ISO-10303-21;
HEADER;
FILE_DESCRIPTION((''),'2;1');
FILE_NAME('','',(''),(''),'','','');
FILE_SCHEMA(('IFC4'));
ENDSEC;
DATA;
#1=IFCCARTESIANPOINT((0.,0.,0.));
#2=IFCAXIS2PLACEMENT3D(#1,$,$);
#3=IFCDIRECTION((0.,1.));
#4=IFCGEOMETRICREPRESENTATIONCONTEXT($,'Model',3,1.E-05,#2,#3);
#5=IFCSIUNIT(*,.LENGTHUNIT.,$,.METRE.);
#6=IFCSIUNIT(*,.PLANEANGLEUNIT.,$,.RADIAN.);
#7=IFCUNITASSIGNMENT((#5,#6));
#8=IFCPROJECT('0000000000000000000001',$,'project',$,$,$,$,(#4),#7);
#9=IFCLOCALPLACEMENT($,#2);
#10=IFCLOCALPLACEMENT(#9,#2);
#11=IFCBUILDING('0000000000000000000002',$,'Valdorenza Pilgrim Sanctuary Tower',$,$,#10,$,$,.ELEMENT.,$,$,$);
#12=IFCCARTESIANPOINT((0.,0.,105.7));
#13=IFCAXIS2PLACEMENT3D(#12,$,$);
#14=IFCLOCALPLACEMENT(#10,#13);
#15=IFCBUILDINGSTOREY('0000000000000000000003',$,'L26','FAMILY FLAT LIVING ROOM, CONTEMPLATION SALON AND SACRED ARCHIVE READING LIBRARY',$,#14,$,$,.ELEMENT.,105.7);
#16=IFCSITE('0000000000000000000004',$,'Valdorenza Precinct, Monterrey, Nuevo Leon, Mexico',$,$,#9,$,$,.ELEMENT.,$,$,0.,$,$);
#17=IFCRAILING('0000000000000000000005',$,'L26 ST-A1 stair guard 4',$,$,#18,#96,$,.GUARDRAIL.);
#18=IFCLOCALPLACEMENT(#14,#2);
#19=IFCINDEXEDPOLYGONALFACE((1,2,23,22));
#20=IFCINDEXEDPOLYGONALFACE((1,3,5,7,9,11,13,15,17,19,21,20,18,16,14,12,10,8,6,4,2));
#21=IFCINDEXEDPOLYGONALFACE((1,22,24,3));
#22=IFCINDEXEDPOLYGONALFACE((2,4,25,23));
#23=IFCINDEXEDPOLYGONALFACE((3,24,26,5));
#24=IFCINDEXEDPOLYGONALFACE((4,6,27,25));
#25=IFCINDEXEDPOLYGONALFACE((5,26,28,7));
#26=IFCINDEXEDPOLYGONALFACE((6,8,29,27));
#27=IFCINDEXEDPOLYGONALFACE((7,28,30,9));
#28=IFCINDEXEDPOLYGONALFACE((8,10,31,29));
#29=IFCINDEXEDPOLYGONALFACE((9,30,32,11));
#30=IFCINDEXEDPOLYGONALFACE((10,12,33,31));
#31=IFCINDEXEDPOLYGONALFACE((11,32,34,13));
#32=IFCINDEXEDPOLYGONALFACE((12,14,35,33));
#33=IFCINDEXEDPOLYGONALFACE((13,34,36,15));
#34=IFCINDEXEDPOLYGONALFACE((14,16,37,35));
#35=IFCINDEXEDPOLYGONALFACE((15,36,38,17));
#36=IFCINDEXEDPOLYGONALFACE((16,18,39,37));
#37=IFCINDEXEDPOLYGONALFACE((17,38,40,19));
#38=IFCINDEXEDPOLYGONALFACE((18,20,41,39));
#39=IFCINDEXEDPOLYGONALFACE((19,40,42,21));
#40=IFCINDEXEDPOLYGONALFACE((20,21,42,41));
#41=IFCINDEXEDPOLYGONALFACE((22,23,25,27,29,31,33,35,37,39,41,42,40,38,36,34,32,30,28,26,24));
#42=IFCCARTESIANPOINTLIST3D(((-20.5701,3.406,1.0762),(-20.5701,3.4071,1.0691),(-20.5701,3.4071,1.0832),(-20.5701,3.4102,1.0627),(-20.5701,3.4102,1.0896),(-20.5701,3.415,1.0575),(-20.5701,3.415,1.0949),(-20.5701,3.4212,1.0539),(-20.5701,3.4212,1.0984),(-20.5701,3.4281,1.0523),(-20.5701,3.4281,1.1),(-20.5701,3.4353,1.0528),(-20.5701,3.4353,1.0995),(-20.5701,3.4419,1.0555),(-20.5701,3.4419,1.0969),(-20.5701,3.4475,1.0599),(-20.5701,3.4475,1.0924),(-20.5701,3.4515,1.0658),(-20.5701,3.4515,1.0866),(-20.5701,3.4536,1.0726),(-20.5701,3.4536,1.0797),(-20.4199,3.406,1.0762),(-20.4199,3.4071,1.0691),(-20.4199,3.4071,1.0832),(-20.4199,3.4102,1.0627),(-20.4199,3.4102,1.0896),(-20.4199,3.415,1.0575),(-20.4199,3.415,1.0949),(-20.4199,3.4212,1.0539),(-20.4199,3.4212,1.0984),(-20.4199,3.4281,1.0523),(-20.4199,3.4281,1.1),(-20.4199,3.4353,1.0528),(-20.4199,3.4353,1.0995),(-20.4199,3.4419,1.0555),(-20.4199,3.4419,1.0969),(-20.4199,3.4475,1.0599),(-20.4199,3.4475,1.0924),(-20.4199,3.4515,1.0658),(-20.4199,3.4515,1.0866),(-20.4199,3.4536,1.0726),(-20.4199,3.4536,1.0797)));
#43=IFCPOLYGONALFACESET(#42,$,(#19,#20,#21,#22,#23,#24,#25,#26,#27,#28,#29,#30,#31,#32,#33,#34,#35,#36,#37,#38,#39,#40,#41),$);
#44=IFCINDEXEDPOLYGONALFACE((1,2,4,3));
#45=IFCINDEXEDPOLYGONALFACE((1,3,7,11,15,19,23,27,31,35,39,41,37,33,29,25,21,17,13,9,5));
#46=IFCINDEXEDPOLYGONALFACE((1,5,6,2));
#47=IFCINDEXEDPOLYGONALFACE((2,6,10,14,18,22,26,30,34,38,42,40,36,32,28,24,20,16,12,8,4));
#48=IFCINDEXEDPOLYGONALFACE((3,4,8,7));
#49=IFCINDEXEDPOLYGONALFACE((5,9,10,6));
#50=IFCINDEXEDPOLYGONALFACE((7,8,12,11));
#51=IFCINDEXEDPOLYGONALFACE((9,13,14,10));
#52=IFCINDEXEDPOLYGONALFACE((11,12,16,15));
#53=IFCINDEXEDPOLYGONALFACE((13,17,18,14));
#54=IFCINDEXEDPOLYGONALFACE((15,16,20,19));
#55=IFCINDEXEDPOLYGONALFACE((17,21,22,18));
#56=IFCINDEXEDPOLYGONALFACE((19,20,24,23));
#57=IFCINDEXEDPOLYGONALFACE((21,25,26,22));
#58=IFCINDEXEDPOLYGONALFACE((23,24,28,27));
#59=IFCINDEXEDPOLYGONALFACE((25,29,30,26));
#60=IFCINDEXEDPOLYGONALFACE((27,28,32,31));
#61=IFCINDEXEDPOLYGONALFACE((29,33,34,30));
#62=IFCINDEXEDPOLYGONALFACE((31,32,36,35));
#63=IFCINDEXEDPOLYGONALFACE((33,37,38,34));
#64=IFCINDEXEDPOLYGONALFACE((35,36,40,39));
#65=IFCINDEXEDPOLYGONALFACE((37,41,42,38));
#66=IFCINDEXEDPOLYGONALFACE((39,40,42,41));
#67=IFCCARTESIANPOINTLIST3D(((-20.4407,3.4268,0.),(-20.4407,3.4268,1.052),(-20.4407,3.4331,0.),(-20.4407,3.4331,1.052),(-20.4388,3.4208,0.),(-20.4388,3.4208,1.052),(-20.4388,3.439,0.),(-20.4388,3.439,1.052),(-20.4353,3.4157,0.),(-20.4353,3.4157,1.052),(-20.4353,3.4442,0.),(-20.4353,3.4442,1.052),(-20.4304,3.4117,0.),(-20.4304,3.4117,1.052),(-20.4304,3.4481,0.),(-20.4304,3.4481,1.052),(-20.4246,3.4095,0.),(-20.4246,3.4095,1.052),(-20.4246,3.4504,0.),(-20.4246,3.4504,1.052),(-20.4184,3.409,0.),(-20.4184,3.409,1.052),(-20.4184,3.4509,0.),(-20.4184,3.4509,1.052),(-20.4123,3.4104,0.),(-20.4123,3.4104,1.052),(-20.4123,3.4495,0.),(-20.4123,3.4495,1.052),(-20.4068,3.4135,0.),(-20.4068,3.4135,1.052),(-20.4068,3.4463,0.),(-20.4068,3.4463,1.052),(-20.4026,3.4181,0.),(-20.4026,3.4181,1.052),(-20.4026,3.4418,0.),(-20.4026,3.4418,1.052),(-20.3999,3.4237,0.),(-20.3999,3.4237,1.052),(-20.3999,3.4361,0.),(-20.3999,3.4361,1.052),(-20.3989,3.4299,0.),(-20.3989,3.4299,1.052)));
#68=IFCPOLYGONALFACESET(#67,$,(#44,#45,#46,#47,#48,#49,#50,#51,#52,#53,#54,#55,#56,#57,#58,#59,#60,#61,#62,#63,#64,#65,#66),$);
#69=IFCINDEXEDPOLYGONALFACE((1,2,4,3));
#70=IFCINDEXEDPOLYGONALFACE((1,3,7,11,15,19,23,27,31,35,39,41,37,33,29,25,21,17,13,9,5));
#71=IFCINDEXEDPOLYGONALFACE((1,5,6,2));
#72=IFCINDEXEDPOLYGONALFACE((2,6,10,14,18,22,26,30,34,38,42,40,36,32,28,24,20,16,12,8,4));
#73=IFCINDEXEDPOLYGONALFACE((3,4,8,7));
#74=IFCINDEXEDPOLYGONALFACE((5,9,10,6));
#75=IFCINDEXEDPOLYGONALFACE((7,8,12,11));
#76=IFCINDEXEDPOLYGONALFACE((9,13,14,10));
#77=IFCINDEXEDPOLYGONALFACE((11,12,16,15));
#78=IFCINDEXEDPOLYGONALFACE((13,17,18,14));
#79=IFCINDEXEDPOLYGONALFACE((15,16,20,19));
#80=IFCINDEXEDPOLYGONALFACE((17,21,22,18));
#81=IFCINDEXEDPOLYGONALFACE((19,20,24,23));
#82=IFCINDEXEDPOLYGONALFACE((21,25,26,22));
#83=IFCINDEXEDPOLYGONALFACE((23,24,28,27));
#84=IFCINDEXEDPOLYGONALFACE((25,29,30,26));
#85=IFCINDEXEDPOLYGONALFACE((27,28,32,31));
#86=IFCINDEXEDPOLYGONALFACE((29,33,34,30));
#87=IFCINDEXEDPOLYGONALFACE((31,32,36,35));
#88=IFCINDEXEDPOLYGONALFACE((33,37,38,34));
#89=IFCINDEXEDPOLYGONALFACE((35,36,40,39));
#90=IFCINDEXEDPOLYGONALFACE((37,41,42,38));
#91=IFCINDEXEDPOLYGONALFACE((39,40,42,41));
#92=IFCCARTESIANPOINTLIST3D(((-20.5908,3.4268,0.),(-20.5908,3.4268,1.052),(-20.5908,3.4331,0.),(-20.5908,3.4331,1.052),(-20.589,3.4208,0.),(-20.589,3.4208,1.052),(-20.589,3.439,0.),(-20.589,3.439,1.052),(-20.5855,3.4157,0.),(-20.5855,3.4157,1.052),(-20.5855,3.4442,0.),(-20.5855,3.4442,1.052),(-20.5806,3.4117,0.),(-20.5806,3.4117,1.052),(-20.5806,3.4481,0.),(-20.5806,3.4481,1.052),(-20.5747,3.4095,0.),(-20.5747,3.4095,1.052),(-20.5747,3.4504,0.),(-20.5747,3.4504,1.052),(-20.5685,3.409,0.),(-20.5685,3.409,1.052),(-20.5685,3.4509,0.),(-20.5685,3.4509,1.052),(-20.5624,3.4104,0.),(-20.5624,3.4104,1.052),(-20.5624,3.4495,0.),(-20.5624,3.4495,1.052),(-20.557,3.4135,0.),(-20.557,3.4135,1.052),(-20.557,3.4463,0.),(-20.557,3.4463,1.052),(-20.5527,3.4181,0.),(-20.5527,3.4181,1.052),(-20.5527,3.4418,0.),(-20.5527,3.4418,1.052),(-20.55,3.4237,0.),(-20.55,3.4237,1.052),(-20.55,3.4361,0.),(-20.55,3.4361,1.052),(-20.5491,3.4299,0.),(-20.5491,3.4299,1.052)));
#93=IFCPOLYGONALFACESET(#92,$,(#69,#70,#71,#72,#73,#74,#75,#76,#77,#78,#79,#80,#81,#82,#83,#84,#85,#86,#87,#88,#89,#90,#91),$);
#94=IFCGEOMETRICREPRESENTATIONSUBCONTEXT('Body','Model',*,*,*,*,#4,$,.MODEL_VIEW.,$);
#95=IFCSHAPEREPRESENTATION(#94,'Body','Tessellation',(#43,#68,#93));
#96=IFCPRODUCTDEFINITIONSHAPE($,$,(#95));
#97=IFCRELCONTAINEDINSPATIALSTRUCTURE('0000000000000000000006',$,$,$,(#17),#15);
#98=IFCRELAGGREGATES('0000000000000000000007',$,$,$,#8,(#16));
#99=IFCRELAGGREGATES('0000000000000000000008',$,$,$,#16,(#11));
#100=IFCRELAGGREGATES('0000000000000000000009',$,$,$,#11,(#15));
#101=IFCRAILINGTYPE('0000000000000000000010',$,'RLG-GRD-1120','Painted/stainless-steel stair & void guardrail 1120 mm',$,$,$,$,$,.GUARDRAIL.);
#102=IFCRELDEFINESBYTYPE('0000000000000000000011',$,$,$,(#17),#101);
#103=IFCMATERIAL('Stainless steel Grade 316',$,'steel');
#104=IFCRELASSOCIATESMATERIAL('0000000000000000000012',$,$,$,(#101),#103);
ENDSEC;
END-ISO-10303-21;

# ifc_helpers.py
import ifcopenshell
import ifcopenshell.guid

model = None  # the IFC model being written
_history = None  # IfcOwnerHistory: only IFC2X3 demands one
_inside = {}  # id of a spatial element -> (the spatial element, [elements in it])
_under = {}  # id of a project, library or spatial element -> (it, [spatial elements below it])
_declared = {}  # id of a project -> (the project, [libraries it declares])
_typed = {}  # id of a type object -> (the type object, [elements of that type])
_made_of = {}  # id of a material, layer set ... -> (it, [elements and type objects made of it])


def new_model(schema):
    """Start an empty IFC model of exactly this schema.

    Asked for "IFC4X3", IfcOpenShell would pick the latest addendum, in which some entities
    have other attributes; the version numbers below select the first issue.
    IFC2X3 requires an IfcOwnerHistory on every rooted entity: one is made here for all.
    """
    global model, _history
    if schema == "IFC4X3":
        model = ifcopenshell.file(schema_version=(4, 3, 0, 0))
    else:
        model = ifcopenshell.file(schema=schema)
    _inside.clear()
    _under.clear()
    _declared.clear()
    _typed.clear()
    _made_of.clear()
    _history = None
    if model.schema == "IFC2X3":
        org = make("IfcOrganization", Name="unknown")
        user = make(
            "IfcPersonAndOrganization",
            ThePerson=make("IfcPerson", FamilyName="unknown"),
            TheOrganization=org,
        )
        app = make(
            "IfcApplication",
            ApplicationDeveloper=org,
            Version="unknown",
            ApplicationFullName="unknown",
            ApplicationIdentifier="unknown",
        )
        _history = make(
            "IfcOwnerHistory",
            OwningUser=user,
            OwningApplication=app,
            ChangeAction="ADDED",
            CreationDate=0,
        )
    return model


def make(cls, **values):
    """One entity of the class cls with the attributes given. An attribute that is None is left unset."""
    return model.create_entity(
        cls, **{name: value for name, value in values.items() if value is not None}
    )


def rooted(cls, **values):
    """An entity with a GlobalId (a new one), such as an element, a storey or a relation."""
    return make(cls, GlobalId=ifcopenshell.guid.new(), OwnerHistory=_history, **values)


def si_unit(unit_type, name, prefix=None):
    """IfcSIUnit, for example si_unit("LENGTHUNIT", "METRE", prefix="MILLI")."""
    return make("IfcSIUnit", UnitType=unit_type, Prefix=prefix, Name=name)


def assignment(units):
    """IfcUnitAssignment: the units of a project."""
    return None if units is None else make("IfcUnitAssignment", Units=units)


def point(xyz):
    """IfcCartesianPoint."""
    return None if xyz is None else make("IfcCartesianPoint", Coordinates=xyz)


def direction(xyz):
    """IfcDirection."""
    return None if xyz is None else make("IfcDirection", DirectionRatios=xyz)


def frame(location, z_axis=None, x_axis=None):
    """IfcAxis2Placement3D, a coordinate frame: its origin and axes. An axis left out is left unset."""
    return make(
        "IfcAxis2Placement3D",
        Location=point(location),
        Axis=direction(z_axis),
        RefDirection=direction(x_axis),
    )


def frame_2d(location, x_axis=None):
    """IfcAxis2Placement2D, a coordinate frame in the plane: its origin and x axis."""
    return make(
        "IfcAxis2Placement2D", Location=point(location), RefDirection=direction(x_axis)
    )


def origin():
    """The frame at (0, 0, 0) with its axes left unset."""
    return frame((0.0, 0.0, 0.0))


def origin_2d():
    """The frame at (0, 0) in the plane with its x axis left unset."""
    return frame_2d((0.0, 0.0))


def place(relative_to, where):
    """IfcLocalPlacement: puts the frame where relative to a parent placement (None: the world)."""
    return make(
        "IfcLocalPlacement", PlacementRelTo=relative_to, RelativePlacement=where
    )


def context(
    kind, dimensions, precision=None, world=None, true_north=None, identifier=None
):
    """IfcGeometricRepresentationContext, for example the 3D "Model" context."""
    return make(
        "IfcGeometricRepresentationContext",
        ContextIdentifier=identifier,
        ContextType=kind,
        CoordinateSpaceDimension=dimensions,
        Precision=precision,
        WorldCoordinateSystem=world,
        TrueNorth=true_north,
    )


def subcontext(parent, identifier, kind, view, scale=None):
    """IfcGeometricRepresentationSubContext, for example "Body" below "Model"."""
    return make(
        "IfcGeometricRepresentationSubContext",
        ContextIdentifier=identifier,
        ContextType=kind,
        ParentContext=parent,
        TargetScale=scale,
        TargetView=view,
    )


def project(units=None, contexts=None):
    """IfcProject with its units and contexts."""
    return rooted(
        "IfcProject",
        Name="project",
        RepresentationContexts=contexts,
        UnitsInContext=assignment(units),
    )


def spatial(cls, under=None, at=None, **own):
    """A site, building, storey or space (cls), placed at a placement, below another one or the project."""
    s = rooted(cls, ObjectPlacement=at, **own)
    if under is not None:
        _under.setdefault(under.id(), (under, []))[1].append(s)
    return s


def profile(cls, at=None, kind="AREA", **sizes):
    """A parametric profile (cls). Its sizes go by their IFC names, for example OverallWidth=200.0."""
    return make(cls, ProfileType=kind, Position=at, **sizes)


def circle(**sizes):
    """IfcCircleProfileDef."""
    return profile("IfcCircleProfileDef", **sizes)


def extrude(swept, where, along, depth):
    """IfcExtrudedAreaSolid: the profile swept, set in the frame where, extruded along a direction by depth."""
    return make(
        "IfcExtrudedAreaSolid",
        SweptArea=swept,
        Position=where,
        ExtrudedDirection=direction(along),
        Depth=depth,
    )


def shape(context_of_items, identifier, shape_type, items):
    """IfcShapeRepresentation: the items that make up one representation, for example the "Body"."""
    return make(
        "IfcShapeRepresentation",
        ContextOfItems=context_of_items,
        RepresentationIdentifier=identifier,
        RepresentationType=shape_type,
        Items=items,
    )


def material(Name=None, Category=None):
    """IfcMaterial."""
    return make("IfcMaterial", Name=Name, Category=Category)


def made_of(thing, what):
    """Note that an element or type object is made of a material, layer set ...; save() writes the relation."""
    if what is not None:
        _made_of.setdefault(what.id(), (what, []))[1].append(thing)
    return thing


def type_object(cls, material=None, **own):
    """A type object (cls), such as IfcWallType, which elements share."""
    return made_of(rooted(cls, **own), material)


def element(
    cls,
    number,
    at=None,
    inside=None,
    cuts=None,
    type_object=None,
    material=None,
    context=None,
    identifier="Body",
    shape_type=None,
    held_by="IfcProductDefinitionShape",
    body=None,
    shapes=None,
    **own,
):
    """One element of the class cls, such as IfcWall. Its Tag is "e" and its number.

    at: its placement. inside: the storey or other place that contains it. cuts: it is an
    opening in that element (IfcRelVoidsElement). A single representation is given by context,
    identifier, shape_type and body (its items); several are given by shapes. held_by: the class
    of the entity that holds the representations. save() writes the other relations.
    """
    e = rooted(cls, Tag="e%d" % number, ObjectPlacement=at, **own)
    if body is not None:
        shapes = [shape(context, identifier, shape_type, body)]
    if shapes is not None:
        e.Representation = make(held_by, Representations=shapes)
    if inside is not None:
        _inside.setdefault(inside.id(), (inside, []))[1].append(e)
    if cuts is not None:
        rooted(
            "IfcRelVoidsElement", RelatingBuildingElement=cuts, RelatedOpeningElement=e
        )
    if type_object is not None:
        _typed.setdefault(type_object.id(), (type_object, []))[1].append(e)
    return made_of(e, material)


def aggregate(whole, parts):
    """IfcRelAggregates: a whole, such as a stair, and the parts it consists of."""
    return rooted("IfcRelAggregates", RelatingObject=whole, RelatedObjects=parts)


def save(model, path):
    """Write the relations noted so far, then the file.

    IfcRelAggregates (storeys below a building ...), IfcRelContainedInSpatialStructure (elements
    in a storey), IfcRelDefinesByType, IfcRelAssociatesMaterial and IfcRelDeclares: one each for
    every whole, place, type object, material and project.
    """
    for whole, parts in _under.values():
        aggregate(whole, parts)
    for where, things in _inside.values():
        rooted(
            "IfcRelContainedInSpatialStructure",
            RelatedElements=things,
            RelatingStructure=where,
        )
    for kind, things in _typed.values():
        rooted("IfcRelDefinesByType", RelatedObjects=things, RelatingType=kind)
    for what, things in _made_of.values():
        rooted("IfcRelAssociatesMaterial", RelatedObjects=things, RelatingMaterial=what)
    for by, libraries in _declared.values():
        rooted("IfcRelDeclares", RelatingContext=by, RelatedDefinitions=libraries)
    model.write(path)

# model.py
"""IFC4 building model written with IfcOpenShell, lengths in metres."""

from ifc_helpers import new_model, si_unit, direction, frame, origin, origin_2d, place, context, subcontext, project, spatial, circle, extrude, material, type_object, element, save


model = new_model("IFC4")

# Units and contexts
model_context = context("Model", 3, precision=1e-05, world=origin(), true_north=direction((0.0, 1.0)))
body_context = subcontext(model_context, "Body", "Model", "MODEL_VIEW")
ifc_project = project(units=[si_unit("LENGTHUNIT", "METRE"), si_unit("PLANEANGLEUNIT", "RADIAN")], contexts=[model_context])

# Site, building, storey
site_placement = place(None, origin())
site = spatial("IfcSite", under=ifc_project, at=site_placement, Name="Valdorenza Precinct, Monterrey, Nuevo Leon, Mexico", CompositionType="ELEMENT", RefElevation=0.0)
building_placement = place(site_placement, origin())
building = spatial("IfcBuilding", under=site, at=building_placement, Name="Valdorenza Pilgrim Sanctuary Tower", CompositionType="ELEMENT")
storey_placement = place(building_placement, frame((0.0, 0.0, 105.7)))
storey = spatial("IfcBuildingStorey", under=building, at=storey_placement, Name="L26", Description="FAMILY FLAT LIVING ROOM, CONTEMPLATION SALON AND SACRED ARCHIVE READING LIBRARY", CompositionType="ELEMENT", Elevation=105.7)

# Railing
ifc_material_1 = material(Name="Stainless steel Grade 316", Category="steel")
railing_type_1 = type_object("IfcRailingType", Name="RLG-GRD-1120", Description="Painted/stainless-steel stair & void guardrail 1120 mm", PredefinedType="GUARDRAIL", material=ifc_material_1)
railing_1_placement = place(storey_placement, frame((-20.4199, 3.4299, 0.0)))
element("IfcRailing", 1, at=railing_1_placement, inside=storey, type_object=railing_type_1, Name="L26 ST-A1 stair guard 4", PredefinedType="GUARDRAIL", context=body_context, shape_type="SweptSolid", body=[
    extrude(circle(Radius=0.0239, at=origin_2d()), frame((0.0, 0.0, 1.0762), z_axis=(-1.0, 0.0, 0.0), x_axis=(0.0, -1.0, 0.0)), (0.0, 0.0, 1.0), 0.1501),
    extrude(circle(Radius=0.021, at=origin_2d()), origin(), (0.0, 0.0, 1.0), 1.052),
    extrude(circle(Radius=0.021, at=origin_2d()), frame((-0.1501, 0.0, 0.0)), (0.0, 0.0, 1.0), 1.052),
])

save(model, "model.ifc")
